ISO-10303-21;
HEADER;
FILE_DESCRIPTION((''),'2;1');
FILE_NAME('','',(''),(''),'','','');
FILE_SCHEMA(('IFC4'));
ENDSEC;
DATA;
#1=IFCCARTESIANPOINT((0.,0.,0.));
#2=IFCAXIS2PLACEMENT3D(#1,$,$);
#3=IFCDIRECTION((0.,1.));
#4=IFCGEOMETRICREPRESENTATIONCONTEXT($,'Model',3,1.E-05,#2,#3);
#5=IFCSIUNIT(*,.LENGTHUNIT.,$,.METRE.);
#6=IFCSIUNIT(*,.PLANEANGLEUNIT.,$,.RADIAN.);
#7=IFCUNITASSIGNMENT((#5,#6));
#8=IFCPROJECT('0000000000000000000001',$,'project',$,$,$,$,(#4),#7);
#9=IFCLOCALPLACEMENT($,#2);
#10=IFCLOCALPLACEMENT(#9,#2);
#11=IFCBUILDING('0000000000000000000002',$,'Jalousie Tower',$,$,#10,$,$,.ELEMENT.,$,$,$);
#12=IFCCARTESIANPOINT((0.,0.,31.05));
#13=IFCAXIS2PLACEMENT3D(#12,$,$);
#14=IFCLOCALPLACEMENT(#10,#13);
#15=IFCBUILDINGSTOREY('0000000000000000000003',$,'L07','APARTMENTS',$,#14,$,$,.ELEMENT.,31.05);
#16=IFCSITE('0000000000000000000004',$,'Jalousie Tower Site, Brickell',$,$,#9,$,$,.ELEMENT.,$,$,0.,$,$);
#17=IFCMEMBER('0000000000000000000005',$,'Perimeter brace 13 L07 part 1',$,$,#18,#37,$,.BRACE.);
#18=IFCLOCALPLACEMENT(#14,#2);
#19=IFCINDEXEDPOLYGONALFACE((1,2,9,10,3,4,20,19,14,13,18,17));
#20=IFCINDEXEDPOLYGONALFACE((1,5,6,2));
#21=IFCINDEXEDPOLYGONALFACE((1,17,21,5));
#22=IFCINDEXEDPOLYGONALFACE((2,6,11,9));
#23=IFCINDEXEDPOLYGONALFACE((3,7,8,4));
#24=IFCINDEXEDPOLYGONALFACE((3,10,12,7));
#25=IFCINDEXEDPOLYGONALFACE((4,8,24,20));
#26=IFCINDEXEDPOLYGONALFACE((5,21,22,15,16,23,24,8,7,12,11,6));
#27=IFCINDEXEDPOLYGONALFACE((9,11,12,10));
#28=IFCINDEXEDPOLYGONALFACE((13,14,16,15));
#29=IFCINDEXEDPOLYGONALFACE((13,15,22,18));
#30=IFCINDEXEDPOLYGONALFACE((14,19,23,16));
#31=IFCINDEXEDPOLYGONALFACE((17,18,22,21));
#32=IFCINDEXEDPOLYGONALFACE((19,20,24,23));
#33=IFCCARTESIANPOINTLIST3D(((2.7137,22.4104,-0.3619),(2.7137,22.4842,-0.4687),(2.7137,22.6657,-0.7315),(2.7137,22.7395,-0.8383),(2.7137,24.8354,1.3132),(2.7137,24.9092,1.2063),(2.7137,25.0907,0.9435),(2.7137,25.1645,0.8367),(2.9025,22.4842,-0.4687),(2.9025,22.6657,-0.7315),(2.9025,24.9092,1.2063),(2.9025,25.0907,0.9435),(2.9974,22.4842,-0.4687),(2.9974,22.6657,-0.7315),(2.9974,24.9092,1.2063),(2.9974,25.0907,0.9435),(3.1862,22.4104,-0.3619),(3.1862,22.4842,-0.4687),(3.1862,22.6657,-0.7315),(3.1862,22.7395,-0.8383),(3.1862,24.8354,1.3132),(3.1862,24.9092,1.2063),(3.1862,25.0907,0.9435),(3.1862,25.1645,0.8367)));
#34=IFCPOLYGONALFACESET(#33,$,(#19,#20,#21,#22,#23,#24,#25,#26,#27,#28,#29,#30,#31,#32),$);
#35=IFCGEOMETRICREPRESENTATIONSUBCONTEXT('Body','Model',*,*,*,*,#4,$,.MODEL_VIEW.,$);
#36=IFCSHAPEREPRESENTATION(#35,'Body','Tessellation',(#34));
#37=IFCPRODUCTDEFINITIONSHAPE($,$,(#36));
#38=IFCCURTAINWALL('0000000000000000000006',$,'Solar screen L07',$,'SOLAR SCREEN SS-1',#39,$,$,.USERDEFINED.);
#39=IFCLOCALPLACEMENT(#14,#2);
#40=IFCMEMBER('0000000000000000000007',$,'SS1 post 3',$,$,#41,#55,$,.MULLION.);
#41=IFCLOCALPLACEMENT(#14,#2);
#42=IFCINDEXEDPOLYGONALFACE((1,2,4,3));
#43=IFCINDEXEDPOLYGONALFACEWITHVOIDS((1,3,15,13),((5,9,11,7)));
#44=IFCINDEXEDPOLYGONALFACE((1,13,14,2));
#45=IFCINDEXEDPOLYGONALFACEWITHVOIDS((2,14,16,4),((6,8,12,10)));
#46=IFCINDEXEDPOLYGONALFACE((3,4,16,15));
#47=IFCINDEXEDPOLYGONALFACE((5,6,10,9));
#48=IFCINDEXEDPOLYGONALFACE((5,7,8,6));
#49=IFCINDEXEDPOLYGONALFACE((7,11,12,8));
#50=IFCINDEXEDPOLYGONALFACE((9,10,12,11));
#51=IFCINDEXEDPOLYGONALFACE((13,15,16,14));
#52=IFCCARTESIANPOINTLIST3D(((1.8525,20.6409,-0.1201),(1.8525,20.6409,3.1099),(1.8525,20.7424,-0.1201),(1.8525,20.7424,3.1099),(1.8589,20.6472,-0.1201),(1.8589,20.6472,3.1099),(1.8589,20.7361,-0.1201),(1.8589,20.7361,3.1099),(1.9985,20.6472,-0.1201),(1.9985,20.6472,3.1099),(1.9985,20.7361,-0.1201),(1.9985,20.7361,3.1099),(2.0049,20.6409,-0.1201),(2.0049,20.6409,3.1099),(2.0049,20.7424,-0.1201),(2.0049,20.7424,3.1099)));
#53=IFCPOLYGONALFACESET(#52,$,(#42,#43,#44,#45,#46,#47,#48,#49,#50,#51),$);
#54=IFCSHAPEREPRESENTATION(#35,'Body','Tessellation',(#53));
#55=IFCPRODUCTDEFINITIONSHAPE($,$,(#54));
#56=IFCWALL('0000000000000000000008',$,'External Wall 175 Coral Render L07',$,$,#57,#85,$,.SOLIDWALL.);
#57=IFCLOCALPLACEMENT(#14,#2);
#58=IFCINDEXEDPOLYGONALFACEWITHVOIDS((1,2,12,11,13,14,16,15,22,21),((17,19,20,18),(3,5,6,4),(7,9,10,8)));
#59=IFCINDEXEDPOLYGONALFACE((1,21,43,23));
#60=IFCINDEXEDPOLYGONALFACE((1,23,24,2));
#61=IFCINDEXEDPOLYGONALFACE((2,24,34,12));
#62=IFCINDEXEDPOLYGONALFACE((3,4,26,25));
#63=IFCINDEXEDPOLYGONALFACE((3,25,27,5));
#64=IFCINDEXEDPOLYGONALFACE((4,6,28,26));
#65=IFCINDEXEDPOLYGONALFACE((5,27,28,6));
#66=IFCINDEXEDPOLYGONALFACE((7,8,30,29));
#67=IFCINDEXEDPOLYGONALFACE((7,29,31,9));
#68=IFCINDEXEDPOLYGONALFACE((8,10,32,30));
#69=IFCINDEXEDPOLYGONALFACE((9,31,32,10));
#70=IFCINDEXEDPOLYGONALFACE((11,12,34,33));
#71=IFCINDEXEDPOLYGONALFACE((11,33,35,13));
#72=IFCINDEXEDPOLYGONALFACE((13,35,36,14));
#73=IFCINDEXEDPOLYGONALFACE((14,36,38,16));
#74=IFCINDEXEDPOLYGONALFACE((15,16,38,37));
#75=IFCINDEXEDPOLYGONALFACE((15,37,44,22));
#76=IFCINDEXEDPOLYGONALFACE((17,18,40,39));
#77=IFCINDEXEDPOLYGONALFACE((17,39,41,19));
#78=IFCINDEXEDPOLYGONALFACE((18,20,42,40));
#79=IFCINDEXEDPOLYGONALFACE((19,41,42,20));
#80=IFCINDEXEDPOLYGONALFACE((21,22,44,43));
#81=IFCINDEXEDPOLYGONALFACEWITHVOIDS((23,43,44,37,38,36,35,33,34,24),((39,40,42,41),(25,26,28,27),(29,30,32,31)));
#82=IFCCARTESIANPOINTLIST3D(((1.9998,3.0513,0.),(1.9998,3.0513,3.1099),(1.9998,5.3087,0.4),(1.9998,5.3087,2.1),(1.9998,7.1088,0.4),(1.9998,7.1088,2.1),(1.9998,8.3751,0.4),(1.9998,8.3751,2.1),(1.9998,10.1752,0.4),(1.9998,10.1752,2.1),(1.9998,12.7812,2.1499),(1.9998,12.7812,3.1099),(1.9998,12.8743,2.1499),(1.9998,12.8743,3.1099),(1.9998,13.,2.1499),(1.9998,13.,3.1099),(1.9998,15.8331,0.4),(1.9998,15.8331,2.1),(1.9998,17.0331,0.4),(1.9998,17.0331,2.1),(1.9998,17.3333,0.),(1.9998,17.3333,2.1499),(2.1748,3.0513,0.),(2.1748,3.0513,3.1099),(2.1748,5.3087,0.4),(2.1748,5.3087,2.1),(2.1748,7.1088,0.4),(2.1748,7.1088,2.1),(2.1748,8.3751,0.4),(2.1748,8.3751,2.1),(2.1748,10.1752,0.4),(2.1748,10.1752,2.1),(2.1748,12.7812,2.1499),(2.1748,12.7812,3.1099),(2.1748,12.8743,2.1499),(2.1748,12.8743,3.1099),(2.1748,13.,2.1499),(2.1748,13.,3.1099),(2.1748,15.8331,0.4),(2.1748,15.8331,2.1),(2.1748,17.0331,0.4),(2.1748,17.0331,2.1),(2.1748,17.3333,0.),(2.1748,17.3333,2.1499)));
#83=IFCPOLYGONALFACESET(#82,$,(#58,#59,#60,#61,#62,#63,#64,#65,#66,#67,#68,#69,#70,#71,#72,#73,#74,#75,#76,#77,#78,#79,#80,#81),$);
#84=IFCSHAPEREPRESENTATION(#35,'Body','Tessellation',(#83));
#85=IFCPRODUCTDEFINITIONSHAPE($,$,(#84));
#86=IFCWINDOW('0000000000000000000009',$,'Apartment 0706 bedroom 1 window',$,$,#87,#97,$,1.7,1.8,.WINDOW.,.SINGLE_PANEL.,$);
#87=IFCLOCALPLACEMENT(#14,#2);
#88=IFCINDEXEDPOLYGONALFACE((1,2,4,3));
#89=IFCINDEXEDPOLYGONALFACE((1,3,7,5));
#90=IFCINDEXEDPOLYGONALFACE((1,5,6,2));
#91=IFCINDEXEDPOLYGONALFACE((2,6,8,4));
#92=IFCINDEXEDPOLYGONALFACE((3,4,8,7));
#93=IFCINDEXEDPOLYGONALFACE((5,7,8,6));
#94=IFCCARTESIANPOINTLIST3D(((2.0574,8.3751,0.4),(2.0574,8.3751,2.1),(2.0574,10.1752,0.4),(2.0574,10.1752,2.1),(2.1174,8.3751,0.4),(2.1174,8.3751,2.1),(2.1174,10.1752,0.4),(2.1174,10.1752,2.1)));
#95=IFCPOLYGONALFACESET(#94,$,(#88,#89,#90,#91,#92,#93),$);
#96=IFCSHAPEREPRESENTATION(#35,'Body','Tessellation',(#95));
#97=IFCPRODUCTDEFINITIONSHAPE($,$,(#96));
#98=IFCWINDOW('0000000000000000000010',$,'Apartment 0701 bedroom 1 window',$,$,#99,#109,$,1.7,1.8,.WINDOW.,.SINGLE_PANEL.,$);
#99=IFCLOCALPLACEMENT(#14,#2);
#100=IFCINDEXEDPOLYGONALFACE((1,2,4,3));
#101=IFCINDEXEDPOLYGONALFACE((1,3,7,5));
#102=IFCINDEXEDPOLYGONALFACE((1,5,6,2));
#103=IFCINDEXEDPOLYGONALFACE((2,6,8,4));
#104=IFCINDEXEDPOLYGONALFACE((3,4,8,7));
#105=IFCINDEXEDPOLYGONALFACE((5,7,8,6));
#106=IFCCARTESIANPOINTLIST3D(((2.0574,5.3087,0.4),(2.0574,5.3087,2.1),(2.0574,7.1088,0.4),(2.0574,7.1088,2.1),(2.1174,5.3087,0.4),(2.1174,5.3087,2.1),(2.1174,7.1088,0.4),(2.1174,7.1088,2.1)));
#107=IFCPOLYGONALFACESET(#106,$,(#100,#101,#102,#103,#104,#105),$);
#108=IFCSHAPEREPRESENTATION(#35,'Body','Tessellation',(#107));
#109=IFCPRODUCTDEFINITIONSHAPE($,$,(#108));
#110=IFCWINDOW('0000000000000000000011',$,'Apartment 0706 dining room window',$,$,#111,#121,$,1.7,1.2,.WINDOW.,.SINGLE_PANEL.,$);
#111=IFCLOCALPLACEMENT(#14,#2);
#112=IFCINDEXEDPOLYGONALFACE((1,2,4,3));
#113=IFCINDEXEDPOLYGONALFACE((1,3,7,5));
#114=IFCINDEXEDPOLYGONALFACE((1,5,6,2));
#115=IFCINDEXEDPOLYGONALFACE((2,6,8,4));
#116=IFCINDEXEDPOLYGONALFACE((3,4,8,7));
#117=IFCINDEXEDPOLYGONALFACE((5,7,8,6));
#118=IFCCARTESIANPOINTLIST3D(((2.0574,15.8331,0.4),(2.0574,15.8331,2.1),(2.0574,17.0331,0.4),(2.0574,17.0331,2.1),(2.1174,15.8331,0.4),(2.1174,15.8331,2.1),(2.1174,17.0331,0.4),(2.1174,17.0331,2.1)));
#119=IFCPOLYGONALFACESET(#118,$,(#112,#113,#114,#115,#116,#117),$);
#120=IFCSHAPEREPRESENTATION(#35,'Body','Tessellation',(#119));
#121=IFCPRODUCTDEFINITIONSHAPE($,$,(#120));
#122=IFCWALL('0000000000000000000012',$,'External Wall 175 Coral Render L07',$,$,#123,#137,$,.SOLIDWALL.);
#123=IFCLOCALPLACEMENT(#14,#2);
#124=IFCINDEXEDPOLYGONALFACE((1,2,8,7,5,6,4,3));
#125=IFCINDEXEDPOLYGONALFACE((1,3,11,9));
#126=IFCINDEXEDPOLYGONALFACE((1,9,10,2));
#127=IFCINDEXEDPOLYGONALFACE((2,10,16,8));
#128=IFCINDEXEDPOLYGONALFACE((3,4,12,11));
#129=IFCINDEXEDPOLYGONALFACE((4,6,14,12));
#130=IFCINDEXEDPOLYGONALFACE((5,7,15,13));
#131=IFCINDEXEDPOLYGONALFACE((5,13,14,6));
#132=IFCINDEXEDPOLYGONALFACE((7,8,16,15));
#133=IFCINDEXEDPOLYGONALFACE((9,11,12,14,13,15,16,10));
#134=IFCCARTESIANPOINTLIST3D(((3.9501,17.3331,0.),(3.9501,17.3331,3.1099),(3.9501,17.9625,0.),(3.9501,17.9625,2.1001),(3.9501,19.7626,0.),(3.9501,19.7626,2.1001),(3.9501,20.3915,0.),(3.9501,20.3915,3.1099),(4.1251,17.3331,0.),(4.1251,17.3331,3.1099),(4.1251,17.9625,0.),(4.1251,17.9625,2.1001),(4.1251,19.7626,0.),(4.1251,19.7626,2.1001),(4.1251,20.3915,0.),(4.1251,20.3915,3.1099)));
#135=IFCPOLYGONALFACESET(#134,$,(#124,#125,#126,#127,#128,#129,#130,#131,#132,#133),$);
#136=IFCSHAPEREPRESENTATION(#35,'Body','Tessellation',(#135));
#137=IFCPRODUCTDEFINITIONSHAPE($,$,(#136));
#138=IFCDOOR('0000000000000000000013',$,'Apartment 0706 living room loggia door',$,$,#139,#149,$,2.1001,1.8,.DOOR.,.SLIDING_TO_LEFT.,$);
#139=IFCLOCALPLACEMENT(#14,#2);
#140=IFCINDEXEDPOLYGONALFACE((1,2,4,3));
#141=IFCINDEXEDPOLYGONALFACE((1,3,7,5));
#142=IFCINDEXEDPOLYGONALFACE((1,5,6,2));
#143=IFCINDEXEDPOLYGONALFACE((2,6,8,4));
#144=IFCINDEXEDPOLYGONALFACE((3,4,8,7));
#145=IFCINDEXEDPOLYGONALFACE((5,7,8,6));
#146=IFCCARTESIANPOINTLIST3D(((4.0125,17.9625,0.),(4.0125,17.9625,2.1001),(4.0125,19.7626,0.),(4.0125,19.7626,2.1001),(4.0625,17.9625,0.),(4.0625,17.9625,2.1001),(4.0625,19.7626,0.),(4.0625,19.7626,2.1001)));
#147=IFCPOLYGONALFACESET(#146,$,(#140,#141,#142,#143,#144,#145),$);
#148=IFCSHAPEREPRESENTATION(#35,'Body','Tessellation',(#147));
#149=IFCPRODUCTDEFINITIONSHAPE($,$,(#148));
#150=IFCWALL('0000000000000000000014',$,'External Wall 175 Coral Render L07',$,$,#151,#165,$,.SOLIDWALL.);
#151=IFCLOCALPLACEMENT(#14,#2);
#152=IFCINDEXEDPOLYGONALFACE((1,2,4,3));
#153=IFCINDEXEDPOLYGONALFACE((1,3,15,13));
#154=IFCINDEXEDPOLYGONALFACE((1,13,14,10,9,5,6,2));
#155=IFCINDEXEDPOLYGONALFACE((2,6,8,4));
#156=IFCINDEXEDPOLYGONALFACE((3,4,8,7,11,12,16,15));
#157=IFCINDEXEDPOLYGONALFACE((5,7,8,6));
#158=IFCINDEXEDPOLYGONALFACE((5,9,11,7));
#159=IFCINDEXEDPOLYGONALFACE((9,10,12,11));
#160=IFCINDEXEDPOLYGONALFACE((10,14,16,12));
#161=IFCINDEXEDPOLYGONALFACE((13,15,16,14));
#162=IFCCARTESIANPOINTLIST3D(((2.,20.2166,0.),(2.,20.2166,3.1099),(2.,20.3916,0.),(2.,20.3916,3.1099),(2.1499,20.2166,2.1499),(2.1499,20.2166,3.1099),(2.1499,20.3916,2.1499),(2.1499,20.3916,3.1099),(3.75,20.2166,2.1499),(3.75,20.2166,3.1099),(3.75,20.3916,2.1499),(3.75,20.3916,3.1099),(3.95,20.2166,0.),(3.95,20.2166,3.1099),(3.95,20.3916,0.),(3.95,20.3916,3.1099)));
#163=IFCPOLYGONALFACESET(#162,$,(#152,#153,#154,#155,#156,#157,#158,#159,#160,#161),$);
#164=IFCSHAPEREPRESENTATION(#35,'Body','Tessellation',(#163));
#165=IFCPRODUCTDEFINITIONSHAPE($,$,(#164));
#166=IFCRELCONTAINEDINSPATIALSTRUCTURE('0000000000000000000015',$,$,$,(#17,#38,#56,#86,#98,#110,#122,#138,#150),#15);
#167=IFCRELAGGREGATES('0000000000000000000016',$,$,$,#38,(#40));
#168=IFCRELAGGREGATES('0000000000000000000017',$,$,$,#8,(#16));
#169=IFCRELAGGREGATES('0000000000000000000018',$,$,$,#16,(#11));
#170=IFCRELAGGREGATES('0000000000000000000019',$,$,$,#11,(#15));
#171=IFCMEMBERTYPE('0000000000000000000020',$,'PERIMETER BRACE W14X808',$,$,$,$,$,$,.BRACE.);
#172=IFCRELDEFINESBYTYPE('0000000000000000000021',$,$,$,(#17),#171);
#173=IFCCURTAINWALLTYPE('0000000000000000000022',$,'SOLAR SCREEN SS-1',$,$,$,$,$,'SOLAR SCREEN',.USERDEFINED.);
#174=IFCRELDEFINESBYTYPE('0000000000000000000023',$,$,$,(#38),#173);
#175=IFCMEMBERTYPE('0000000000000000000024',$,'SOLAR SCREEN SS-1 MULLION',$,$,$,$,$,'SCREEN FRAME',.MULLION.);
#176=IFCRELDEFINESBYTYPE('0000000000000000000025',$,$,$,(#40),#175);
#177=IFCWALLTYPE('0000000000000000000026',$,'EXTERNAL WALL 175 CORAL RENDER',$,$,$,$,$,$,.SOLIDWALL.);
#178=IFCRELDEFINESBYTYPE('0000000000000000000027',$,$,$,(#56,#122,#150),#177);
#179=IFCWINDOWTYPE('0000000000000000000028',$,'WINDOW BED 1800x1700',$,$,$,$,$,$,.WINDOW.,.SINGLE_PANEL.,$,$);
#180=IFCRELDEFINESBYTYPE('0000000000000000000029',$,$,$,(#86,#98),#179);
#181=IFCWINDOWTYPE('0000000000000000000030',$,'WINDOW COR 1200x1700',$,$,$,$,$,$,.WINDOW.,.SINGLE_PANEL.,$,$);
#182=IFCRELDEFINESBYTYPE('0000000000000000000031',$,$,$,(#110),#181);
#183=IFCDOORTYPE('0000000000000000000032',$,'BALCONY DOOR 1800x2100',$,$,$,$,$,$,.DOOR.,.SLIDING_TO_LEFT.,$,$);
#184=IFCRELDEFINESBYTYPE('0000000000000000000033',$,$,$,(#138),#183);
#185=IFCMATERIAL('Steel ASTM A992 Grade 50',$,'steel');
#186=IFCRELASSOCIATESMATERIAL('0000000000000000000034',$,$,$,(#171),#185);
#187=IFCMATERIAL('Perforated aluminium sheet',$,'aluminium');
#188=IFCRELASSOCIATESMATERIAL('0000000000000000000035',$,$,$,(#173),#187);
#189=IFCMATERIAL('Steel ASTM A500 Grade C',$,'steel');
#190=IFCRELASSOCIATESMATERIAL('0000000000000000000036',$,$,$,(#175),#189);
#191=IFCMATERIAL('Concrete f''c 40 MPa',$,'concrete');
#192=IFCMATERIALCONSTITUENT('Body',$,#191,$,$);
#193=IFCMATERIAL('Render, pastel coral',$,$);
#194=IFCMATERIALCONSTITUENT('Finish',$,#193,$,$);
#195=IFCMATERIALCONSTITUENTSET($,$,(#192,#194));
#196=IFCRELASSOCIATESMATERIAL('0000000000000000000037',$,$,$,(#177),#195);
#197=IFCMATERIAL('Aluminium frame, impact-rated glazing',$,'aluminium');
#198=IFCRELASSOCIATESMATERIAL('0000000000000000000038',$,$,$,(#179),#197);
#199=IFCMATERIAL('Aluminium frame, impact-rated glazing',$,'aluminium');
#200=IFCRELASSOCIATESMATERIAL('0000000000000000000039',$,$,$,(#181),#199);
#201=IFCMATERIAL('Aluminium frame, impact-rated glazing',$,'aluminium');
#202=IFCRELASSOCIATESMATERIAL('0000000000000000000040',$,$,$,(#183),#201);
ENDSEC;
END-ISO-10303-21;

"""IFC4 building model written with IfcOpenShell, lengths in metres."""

from ifc_helpers import new_model, si_unit, direction, frame, frame_2d, origin, origin_2d, place, context, subcontext, project, spatial, polyline, rectangle, hollow_rectangle, i_section, outline, extrude, material, constituent, constituent_set, material_profile, profile_set, type_object, element, fill, aggregate, save


model = new_model("IFC4")

# Units and contexts
model_context = context("Model", 3, precision=1e-05, world=origin(), true_north=direction((0.0, 1.0)))
body_context = subcontext(model_context, "Body", "Model", "MODEL_VIEW")
ifc_project = project(units=[si_unit("LENGTHUNIT", "METRE"), si_unit("PLANEANGLEUNIT", "RADIAN")], contexts=[model_context])

# Site, building, storey
site_placement = place(None, origin())
site = spatial("IfcSite", under=ifc_project, at=site_placement, Name="Jalousie Tower Site, Brickell", CompositionType="ELEMENT", RefElevation=0.0)
building_placement = place(site_placement, origin())
building = spatial("IfcBuilding", under=site, at=building_placement, Name="Jalousie Tower", CompositionType="ELEMENT")
storey_placement = place(building_placement, frame((0.0, 0.0, 31.05)))
storey = spatial("IfcBuildingStorey", under=building, at=storey_placement, Name="L07", Description="APARTMENTS", CompositionType="ELEMENT", Elevation=31.05)

# Member
ifc_material_1 = material(Name="Steel ASTM A992 Grade 50", Category="steel")
ifc_material_profile_1 = material_profile(ifc_material_1, i_section(OverallWidth=0.4724, OverallDepth=0.5791, WebThickness=0.095, FlangeThickness=0.1299, at=origin_2d()), Name="W14X808")
ifc_profile_set_1 = profile_set([ifc_material_profile_1], Name="Steel ASTM A992 Grade 50")
member_type_1 = type_object("IfcMemberType", Name="PERIMETER BRACE W14X808", PredefinedType="BRACE", material=ifc_profile_set_1)
member_1_placement = place(storey_placement, frame((2.95, 22.575, -0.6001), z_axis=(0.0, 0.8228, 0.568331), x_axis=(-1.0, 0.0, 0.0)))
element("IfcMember", 1, at=member_1_placement, inside=storey, type_object=member_type_1, Name="Perimeter brace 13 L07 part 1", PredefinedType="BRACE", context=body_context, shape_type="SweptSolid", body=[
    extrude(i_section(OverallWidth=0.4724, OverallDepth=0.5791, WebThickness=0.095, FlangeThickness=0.1299, at=origin_2d()), origin(), (0.0, 0.0, 1.0), 2.9473),
])

# Curtain wall, member
ifc_material_2 = material(Name="Perforated aluminium sheet", Category="aluminium")
curtain_wall_type = type_object("IfcCurtainWallType", Name="SOLAR SCREEN SS-1", ElementType="SOLAR SCREEN", PredefinedType="USERDEFINED", material=ifc_material_2)
curtain_wall_placement = place(storey_placement, origin())
curtain_wall = element("IfcCurtainWall", 2, at=curtain_wall_placement, inside=storey, type_object=curtain_wall_type, Name="Solar screen L07", ObjectType="SOLAR SCREEN SS-1", PredefinedType="USERDEFINED")
ifc_material_3 = material(Name="Steel ASTM A500 Grade C", Category="steel")
ifc_material_profile_2 = material_profile(ifc_material_3, hollow_rectangle(XDim=0.1016, YDim=0.1523, WallThickness=0.0063, at=origin_2d()), Name="HSS6X4X1/4")
ifc_profile_set_2 = profile_set([ifc_material_profile_2], Name="Steel ASTM A500 Grade C")
member_type_2 = type_object("IfcMemberType", Name="SOLAR SCREEN SS-1 MULLION", ElementType="SCREEN FRAME", PredefinedType="MULLION", material=ifc_profile_set_2)
member_2_placement = place(storey_placement, frame((1.9287, 20.6917, -0.1201), z_axis=(0.0, 0.0, 1.0), x_axis=(0.0, -1.0, 0.0)))
member_2 = element("IfcMember", 3, at=member_2_placement, type_object=member_type_2, Name="SS1 post 3", PredefinedType="MULLION", context=body_context, shape_type="SweptSolid", body=[
    extrude(hollow_rectangle(XDim=0.1016, YDim=0.1523, WallThickness=0.0063, at=origin_2d()), origin(), (0.0, 0.0, 1.0), 3.23),
])
aggregate(curtain_wall, [member_2])

# Wall, openings, windows
ifc_material_4 = material(Name="Concrete f'c 40 MPa", Category="concrete")
ifc_constituent_1 = constituent(ifc_material_4, Name="Body")
ifc_material_5 = material(Name="Render, pastel coral")
ifc_constituent_2 = constituent(ifc_material_5, Name="Finish")
ifc_constituent_set_1 = constituent_set(constituents=[ifc_constituent_1, ifc_constituent_2])
wall_type_1 = type_object("IfcWallType", Name="EXTERNAL WALL 175 CORAL RENDER", PredefinedType="SOLIDWALL", material=ifc_constituent_set_1)
wall_1_placement = place(storey_placement, frame((2.0874, 17.3333, 0.0), z_axis=(0.0, 0.0, 1.0), x_axis=(0.0, -1.0, 0.0)))
wall_1 = element("IfcWall", 4, at=wall_1_placement, inside=storey, type_object=wall_type_1, Name="External Wall 175 Coral Render L07", PredefinedType="SOLIDWALL", context=body_context, shape_type="SweptSolid", body=[
    extrude(outline(polyline([(0.0, 0.0), (14.282, 0.0), (14.282, 3.1099), (4.552, 3.1099), (4.552, 2.1499), (4.459, 2.1499), (4.459, 3.1099), (4.3333, 3.1099), (4.3333, 2.1499), (0.0, 2.1499), (0.0, 0.0)])), frame((0.0, 0.0874, 0.0), z_axis=(0.0, -1.0, 0.0), x_axis=(1.0, 0.0, 0.0)), (0.0, 0.0, 1.0), 0.175),
])
opening_1_placement = place(wall_1_placement, frame((0.3, 0.0, 0.3999)))
opening_1 = element("IfcOpeningElement", 5, at=opening_1_placement, cuts=wall_1, PredefinedType="OPENING", context=body_context, shape_type="SweptSolid", body=[
    extrude(rectangle(XDim=1.2, YDim=1.7, at=frame_2d((0.6001, 0.8501))), frame((0.0, 0.0974, 0.0), z_axis=(0.0, -1.0, 0.0), x_axis=(1.0, 0.0, 0.0)), (0.0, 0.0, 1.0), 0.1951),
])
opening_2_placement = place(wall_1_placement, frame((7.1582, 0.0, 0.3999)))
opening_2 = element("IfcOpeningElement", 6, at=opening_2_placement, cuts=wall_1, PredefinedType="OPENING", context=body_context, shape_type="SweptSolid", body=[
    extrude(rectangle(XDim=1.8, YDim=1.7, at=frame_2d((0.8999, 0.8501))), frame((0.0, 0.0974, 0.0), z_axis=(0.0, -1.0, 0.0), x_axis=(1.0, 0.0, 0.0)), (0.0, 0.0, 1.0), 0.1951),
])
opening_3_placement = place(wall_1_placement, frame((10.2246, 0.0, 0.3999)))
opening_3 = element("IfcOpeningElement", 7, at=opening_3_placement, cuts=wall_1, PredefinedType="OPENING", context=body_context, shape_type="SweptSolid", body=[
    extrude(rectangle(XDim=1.8, YDim=1.7, at=frame_2d((0.8999, 0.8501))), frame((0.0, 0.0974, 0.0), z_axis=(0.0, -1.0, 0.0), x_axis=(1.0, 0.0, 0.0)), (0.0, 0.0, 1.0), 0.1951),
])
ifc_material_6 = material(Name="Aluminium frame, impact-rated glazing", Category="aluminium")
window_type_1 = type_object("IfcWindowType", Name="WINDOW BED 1800x1700", PartitioningType="SINGLE_PANEL", PredefinedType="WINDOW", material=ifc_material_6)
window_1_placement = place(opening_2_placement, origin())
window_1 = element("IfcWindow", 8, at=window_1_placement, inside=storey, type_object=window_type_1, Name="Apartment 0706 bedroom 1 window", OverallHeight=1.7, OverallWidth=1.8, PartitioningType="SINGLE_PANEL", PredefinedType="WINDOW", context=body_context, shape_type="SweptSolid", body=[
    extrude(rectangle(XDim=1.8, YDim=1.7, at=frame_2d((0.8999, 0.8501))), frame((0.0, 0.03, 0.0), z_axis=(0.0, -1.0, 0.0), x_axis=(1.0, 0.0, 0.0)), (0.0, 0.0, 1.0), 0.0601),
])
fill(opening_2, window_1)
window_2_placement = place(opening_3_placement, origin())
window_2 = element("IfcWindow", 9, at=window_2_placement, inside=storey, type_object=window_type_1, Name="Apartment 0701 bedroom 1 window", OverallHeight=1.7, OverallWidth=1.8, PartitioningType="SINGLE_PANEL", PredefinedType="WINDOW", context=body_context, shape_type="SweptSolid", body=[
    extrude(rectangle(XDim=1.8, YDim=1.7, at=frame_2d((0.8999, 0.8501))), frame((0.0, 0.03, 0.0), z_axis=(0.0, -1.0, 0.0), x_axis=(1.0, 0.0, 0.0)), (0.0, 0.0, 1.0), 0.0601),
])
fill(opening_3, window_2)
ifc_material_7 = material(Name="Aluminium frame, impact-rated glazing", Category="aluminium")
window_type_2 = type_object("IfcWindowType", Name="WINDOW COR 1200x1700", PartitioningType="SINGLE_PANEL", PredefinedType="WINDOW", material=ifc_material_7)
window_3_placement = place(opening_1_placement, origin())
window_3 = element("IfcWindow", 10, at=window_3_placement, inside=storey, type_object=window_type_2, Name="Apartment 0706 dining room window", OverallHeight=1.7, OverallWidth=1.2, PartitioningType="SINGLE_PANEL", PredefinedType="WINDOW", context=body_context, shape_type="SweptSolid", body=[
    extrude(rectangle(XDim=1.2, YDim=1.7, at=frame_2d((0.6001, 0.8501))), frame((0.0, 0.03, 0.0), z_axis=(0.0, -1.0, 0.0), x_axis=(1.0, 0.0, 0.0)), (0.0, 0.0, 1.0), 0.0601),
])
fill(opening_1, window_3)

# Wall, opening, door
wall_2_placement = place(storey_placement, frame((4.0376, 20.3916, 0.0), z_axis=(0.0, 0.0, 1.0), x_axis=(0.0, -1.0, 0.0)))
wall_2 = element("IfcWall", 11, at=wall_2_placement, inside=storey, type_object=wall_type_1, Name="External Wall 175 Coral Render L07", PredefinedType="SOLIDWALL", context=body_context, shape_type="SweptSolid", body=[
    extrude(rectangle(XDim=3.0583, YDim=0.175, at=frame_2d((1.5293, 0.0))), origin(), (0.0, 0.0, 1.0), 3.1099),
])
opening_4_placement = place(wall_2_placement, frame((0.6292, 0.0, 0.0)))
opening_4 = element("IfcOpeningElement", 12, at=opening_4_placement, cuts=wall_2, PredefinedType="OPENING", context=body_context, shape_type="SweptSolid", body=[
    extrude(rectangle(XDim=1.8, YDim=2.1001, at=frame_2d((0.8999, 1.05))), frame((0.0, 0.0974, 0.0), z_axis=(0.0, -1.0, 0.0), x_axis=(1.0, 0.0, 0.0)), (0.0, 0.0, 1.0), 0.1951),
])
ifc_material_8 = material(Name="Aluminium frame, impact-rated glazing", Category="aluminium")
door_type_1 = type_object("IfcDoorType", Name="BALCONY DOOR 1800x2100", OperationType="SLIDING_TO_LEFT", PredefinedType="DOOR", material=ifc_material_8)
door_1_placement = place(opening_4_placement, origin())
door_1 = element("IfcDoor", 13, at=door_1_placement, inside=storey, type_object=door_type_1, Name="Apartment 0706 living room loggia door", OperationType="SLIDING_TO_LEFT", OverallHeight=2.1001, OverallWidth=1.8, PredefinedType="DOOR", context=body_context, shape_type="SweptSolid", body=[
    extrude(rectangle(XDim=1.8, YDim=2.1001, at=frame_2d((0.8999, 1.05))), frame((0.0, 0.0249, 0.0), z_axis=(0.0, -1.0, 0.0), x_axis=(1.0, 0.0, 0.0)), (0.0, 0.0, 1.0), 0.05),
])
fill(opening_4, door_1)

# Wall
for number, where, z_axis, x_axis, name in (
    (14, (2.0, 20.3042, 0.0), (0.0, 0.0, 1.0), (1.0, 0.0, 0.0), "External Wall 175 Coral Render L07"),
):
    element("IfcWall", number, at=place(storey_placement, frame(where, z_axis=z_axis, x_axis=x_axis)), inside=storey, type_object=wall_type_1, Name=name, PredefinedType="SOLIDWALL", context=body_context, shape_type="SweptSolid", body=[
        extrude(outline(polyline([(0.0, 0.0), (1.95, 0.0), (1.95, 3.1099), (1.75, 3.1099), (1.75, 2.1499), (0.1499, 2.1499), (0.1499, 3.1099), (0.0, 3.1099), (0.0, 0.0)])), frame((0.0, 0.0874, 0.0), z_axis=(0.0, -1.0, 0.0), x_axis=(1.0, 0.0, 0.0)), (0.0, 0.0, 1.0), 0.175),
    ])

save(model, "model.ifc")
